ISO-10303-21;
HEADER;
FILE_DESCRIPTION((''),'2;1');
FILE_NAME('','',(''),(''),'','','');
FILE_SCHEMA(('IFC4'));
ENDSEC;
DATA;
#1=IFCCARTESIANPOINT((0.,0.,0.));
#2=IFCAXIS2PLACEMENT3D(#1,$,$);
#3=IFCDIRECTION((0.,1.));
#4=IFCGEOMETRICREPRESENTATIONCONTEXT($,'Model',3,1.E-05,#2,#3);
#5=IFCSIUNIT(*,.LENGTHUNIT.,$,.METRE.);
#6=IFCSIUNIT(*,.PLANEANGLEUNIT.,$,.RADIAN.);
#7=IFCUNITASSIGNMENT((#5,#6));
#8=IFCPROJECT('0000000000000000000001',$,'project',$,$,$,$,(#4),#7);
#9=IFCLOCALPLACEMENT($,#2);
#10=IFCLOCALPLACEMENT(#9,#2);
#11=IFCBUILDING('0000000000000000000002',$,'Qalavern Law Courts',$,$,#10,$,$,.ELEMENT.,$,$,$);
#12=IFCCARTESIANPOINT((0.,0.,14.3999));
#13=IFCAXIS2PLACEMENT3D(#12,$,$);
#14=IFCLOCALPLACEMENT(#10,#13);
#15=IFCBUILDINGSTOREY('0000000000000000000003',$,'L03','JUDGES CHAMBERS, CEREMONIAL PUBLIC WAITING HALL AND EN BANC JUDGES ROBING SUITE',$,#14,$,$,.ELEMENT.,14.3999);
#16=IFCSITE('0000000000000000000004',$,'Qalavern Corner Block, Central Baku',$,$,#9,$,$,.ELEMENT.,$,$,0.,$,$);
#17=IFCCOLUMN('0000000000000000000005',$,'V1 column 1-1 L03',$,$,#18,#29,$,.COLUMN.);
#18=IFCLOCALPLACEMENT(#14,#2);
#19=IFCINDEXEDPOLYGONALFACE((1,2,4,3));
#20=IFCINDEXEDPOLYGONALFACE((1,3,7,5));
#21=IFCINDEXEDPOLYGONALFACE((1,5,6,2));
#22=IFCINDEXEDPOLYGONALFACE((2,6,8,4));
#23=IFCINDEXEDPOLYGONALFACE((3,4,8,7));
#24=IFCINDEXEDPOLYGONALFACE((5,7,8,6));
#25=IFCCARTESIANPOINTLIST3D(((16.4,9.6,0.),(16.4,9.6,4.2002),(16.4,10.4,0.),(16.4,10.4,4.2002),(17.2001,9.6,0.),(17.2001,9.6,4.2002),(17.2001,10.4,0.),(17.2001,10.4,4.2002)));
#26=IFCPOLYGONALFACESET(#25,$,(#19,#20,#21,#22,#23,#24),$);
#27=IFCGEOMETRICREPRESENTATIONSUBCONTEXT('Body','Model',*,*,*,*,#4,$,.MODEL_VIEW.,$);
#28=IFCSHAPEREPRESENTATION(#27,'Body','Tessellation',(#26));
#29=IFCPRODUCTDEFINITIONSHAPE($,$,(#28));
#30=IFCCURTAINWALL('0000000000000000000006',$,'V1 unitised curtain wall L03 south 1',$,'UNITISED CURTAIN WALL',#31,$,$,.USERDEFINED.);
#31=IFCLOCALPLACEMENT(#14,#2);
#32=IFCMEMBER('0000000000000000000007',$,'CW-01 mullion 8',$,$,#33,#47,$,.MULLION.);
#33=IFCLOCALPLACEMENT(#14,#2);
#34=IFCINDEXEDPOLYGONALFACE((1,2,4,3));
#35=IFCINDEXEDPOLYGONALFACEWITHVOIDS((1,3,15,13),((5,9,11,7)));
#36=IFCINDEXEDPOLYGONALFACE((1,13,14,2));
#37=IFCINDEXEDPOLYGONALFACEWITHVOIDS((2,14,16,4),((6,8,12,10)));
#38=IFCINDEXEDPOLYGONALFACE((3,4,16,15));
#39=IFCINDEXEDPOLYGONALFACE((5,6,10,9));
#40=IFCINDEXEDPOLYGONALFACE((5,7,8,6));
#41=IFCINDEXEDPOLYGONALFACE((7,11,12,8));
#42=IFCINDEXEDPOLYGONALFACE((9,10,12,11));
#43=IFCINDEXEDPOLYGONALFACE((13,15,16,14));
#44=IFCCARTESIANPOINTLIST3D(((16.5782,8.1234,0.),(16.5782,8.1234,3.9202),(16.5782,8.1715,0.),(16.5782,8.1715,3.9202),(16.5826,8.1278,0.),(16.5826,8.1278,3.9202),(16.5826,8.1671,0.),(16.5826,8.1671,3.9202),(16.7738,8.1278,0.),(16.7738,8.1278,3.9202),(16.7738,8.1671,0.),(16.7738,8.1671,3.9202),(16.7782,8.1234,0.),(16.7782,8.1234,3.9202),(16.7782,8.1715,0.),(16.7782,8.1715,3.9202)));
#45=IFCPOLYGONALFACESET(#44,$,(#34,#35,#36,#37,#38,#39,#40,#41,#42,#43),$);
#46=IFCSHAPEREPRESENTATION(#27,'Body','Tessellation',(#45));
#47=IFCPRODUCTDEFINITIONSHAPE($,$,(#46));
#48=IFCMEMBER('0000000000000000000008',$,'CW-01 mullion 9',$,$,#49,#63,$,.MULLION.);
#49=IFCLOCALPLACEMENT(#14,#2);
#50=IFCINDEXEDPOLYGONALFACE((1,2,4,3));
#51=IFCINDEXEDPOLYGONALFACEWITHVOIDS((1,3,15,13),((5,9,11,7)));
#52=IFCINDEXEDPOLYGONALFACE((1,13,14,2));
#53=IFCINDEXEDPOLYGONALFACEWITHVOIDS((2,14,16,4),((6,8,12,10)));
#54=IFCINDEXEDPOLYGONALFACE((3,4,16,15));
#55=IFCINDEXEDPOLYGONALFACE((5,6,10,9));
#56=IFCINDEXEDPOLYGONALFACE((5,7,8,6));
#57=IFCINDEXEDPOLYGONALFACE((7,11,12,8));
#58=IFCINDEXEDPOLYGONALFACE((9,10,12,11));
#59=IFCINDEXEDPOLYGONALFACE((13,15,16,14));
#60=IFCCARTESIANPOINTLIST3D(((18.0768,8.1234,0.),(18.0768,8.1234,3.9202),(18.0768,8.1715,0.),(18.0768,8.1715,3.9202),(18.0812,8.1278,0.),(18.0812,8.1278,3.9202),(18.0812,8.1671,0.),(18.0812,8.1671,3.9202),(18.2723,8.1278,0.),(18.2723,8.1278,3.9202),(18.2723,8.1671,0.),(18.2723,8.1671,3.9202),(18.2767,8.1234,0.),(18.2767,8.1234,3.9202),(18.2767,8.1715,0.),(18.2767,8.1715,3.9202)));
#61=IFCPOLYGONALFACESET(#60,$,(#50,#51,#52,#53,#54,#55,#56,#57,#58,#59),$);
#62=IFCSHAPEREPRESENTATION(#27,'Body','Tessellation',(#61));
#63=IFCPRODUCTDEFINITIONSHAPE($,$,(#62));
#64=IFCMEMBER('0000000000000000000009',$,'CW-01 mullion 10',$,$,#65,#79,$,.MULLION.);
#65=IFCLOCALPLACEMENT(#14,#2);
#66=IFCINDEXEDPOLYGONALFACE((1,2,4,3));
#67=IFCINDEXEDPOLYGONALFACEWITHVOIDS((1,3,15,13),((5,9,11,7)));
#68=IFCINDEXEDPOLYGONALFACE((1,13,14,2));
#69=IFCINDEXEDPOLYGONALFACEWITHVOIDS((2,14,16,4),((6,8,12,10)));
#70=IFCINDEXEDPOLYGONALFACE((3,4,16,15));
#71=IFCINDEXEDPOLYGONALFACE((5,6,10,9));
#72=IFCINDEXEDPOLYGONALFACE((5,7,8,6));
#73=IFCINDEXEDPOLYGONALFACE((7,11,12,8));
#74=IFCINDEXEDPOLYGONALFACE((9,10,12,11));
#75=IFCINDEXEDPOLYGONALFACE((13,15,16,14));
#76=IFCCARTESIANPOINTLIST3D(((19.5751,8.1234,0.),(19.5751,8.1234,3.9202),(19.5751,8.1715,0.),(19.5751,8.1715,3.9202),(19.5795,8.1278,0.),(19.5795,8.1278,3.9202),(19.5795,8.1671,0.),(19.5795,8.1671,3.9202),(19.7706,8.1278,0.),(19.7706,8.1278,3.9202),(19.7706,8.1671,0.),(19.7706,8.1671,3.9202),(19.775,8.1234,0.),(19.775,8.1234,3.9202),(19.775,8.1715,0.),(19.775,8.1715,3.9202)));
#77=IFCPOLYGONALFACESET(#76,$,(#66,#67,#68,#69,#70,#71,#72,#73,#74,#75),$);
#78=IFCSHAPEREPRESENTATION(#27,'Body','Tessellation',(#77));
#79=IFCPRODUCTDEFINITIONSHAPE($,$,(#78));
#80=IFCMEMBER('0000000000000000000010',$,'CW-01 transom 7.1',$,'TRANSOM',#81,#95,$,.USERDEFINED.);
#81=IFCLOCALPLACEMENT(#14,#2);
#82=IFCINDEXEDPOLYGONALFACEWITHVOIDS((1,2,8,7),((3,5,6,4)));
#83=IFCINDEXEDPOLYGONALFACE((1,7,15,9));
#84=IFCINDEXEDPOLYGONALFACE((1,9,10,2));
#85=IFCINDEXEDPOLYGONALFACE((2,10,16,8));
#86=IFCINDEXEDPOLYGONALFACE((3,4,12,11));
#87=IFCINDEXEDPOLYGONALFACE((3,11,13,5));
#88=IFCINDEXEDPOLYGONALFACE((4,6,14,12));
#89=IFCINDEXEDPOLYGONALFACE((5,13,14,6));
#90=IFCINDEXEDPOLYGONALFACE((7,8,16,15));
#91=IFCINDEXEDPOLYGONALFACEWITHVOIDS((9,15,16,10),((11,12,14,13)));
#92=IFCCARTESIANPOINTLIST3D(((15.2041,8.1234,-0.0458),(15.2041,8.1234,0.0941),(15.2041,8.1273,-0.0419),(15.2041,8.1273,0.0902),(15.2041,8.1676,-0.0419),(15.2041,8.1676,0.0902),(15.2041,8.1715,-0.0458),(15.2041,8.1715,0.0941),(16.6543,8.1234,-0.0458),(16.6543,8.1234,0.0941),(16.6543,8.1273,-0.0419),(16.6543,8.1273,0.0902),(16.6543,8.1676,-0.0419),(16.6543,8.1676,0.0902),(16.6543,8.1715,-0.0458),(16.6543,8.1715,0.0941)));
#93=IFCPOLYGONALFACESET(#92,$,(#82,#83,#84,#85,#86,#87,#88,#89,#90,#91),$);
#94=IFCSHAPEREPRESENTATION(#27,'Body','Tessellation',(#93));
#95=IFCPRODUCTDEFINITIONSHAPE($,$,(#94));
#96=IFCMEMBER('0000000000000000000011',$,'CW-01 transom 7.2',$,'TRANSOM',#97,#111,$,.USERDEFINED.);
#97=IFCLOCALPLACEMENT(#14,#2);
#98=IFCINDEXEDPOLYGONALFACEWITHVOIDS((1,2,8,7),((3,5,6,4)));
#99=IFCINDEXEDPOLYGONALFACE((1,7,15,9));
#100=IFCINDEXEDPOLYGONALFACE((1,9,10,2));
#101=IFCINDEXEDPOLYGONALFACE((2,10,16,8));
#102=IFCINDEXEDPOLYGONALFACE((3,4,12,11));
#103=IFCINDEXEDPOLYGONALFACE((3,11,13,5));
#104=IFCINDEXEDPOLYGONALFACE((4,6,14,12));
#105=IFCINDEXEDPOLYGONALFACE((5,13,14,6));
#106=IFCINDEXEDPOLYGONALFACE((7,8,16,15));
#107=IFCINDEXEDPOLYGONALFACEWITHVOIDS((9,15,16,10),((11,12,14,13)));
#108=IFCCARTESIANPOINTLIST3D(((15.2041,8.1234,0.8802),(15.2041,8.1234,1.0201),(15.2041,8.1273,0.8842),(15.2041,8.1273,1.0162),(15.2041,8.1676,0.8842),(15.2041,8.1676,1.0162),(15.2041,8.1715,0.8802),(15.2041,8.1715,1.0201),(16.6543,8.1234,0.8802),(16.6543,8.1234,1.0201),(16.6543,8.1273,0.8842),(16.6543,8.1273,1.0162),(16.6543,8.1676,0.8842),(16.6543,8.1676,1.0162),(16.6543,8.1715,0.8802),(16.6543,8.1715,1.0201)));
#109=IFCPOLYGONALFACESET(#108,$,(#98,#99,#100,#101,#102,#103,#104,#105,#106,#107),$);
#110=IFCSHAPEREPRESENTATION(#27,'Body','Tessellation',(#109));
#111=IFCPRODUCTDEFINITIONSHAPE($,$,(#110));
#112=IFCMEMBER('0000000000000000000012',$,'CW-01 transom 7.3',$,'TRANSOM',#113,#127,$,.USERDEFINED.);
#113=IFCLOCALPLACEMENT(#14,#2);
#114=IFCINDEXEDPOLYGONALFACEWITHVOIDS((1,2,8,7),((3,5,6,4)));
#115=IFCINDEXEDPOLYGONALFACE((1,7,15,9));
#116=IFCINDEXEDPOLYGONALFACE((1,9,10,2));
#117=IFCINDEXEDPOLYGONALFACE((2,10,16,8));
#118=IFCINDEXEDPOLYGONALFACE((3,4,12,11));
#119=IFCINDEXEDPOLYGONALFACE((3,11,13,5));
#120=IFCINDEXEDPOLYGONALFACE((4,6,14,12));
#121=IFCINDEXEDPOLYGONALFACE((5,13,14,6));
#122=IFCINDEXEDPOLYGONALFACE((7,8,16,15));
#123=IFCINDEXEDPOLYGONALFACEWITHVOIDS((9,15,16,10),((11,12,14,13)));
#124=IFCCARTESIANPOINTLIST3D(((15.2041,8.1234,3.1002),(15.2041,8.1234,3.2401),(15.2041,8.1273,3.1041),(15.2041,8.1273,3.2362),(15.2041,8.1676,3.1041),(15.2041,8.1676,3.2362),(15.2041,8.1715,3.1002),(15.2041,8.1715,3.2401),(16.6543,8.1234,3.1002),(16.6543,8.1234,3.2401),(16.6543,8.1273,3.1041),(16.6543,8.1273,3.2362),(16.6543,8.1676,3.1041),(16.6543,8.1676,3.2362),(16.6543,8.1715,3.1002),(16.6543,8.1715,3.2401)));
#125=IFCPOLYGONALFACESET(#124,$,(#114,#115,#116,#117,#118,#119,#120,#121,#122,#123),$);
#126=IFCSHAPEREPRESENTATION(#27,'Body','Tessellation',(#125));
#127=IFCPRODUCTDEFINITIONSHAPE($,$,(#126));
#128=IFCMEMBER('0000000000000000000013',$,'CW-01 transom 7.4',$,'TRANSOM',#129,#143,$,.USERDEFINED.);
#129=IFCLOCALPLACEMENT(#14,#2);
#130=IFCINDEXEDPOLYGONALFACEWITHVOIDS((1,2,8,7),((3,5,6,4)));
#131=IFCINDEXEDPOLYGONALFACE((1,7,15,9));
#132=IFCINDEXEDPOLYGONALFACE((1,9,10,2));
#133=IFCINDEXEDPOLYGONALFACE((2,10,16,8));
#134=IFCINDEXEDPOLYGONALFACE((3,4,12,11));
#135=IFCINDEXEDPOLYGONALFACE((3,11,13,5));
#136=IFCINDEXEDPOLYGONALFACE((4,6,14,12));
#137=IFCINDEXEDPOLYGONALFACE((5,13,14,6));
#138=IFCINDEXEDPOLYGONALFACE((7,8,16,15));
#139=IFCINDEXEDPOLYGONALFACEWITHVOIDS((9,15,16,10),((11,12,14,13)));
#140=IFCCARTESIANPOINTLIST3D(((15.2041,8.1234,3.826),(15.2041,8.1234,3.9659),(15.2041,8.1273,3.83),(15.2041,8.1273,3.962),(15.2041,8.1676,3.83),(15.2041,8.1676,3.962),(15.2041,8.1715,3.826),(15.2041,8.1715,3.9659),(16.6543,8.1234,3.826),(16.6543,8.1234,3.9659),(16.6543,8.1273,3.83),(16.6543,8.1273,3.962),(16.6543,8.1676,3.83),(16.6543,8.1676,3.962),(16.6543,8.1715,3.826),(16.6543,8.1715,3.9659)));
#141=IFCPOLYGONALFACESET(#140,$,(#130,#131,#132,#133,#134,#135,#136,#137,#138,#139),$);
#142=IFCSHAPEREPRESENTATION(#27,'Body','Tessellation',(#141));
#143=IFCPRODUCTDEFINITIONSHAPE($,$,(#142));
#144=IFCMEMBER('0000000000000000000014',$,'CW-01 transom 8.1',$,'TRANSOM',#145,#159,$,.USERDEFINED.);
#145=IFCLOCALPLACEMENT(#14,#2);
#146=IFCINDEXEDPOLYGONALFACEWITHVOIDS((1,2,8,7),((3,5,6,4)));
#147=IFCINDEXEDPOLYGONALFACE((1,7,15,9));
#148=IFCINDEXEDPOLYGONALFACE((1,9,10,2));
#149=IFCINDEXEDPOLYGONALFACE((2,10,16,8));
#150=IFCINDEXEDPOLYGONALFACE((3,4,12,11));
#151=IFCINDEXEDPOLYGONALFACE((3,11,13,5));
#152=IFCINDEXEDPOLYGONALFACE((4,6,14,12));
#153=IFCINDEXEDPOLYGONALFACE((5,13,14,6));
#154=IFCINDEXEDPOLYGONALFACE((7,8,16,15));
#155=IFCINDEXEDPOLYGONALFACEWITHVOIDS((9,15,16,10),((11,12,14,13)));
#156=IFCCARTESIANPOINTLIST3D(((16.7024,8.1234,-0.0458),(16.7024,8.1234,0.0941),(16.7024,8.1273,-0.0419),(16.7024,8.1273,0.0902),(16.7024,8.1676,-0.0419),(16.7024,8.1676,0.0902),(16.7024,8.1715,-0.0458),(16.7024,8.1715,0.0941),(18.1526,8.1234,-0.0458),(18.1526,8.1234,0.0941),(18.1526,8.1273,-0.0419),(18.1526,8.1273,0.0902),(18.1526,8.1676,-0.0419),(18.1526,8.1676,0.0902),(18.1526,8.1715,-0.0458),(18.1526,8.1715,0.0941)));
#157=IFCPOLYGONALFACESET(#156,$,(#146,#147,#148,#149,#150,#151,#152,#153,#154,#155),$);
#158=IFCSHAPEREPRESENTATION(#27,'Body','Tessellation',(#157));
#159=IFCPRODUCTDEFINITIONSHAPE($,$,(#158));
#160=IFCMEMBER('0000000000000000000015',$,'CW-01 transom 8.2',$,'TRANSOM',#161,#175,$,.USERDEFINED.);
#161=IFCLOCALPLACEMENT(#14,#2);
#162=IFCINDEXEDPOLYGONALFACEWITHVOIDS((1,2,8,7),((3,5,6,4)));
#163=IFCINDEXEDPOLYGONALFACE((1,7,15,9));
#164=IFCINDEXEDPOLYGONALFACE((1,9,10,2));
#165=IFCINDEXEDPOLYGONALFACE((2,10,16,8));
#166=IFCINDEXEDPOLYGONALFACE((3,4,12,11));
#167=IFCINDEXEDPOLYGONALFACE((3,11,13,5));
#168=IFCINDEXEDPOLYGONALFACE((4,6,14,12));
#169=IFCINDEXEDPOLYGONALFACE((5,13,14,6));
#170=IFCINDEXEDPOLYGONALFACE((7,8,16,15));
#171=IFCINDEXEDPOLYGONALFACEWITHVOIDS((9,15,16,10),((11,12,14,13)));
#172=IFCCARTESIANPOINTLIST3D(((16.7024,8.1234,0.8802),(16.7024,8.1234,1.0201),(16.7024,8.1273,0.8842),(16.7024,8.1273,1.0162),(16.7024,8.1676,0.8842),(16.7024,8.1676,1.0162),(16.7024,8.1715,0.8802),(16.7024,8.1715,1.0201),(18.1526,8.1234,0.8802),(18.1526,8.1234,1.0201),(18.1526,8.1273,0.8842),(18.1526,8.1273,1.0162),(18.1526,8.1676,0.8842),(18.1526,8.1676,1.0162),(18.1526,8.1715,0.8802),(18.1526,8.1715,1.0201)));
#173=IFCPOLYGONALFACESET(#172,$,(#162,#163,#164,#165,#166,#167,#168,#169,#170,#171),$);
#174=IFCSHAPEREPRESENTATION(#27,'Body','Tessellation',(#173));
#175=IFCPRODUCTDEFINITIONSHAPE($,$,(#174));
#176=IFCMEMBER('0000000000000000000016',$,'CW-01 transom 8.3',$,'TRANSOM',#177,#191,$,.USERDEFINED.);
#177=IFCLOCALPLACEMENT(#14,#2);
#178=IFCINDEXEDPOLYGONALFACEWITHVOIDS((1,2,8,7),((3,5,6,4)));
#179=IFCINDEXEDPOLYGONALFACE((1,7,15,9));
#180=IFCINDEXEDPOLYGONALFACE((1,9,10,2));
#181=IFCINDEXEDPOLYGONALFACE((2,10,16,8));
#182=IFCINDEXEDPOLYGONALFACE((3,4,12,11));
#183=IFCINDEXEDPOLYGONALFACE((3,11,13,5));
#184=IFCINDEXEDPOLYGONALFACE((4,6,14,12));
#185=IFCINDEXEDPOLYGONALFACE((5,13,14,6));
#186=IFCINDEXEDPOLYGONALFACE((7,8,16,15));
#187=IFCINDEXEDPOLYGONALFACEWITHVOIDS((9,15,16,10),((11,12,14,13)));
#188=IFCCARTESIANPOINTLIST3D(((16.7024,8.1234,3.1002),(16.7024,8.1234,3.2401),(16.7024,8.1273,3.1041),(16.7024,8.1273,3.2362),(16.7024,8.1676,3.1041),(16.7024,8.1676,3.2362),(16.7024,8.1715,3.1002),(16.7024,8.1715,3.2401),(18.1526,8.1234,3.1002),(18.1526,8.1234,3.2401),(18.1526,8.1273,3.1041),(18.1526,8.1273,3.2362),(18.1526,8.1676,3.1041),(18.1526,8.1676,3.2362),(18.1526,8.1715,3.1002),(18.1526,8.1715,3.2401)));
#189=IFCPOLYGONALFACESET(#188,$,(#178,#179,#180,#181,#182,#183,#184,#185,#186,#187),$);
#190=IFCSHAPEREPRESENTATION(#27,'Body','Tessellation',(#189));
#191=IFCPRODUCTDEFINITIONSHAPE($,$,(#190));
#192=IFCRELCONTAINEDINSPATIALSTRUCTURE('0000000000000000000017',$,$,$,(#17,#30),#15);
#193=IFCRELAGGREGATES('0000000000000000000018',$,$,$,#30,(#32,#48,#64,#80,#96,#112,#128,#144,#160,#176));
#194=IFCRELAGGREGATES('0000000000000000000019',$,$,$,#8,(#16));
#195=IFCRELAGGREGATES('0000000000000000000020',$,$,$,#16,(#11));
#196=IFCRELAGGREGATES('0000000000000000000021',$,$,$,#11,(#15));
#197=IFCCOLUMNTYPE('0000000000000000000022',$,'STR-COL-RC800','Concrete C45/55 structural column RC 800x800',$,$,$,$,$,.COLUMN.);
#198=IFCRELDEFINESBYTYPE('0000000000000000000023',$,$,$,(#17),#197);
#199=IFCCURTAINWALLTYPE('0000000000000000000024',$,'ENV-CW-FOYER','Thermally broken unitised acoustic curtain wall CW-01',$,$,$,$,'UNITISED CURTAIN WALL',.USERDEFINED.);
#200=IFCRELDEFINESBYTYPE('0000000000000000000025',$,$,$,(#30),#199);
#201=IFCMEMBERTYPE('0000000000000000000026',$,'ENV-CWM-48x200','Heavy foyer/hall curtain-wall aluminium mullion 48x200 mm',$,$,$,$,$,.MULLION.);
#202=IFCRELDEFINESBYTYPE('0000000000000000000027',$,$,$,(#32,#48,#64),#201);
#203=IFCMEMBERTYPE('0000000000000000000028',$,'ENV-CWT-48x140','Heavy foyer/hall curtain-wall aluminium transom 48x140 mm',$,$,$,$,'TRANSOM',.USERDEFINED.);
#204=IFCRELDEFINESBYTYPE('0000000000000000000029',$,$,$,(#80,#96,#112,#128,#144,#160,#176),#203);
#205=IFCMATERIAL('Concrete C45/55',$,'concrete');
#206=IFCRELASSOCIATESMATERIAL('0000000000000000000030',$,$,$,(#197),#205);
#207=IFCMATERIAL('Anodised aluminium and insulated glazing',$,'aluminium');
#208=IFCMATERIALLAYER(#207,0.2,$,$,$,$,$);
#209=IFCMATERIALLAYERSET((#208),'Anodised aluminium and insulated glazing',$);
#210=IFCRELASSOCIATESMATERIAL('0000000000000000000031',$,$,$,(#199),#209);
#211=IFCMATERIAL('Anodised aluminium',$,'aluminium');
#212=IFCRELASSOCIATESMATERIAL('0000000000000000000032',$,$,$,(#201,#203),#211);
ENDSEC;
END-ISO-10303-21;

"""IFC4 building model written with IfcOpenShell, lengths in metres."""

from ifc_helpers import new_model, si_unit, direction, frame, origin, origin_2d, place, context, subcontext, project, spatial, rectangle, hollow_rectangle, extrude, material, layer, layer_set, material_profile, profile_set, type_object, element, aggregate, save


model = new_model("IFC4")

# Units and contexts
model_context = context("Model", 3, precision=1e-05, world=origin(), true_north=direction((0.0, 1.0)))
body_context = subcontext(model_context, "Body", "Model", "MODEL_VIEW")
ifc_project = project(units=[si_unit("LENGTHUNIT", "METRE"), si_unit("PLANEANGLEUNIT", "RADIAN")], contexts=[model_context])

# Site, building, storey
site_placement = place(None, origin())
site = spatial("IfcSite", under=ifc_project, at=site_placement, Name="Qalavern Corner Block, Central Baku", CompositionType="ELEMENT", RefElevation=0.0)
building_placement = place(site_placement, origin())
building = spatial("IfcBuilding", under=site, at=building_placement, Name="Qalavern Law Courts", CompositionType="ELEMENT")
storey_placement = place(building_placement, frame((0.0, 0.0, 14.3999)))
storey = spatial("IfcBuildingStorey", under=building, at=storey_placement, Name="L03", Description="JUDGES CHAMBERS, CEREMONIAL PUBLIC WAITING HALL AND EN BANC JUDGES ROBING SUITE", CompositionType="ELEMENT", Elevation=14.3999)

# Column
ifc_material_1 = material(Name="Concrete C45/55", Category="concrete")
ifc_material_profile_1 = material_profile(ifc_material_1, rectangle(XDim=0.8, YDim=0.8, at=origin_2d()), Name="RC 800x800")
ifc_profile_set_1 = profile_set([ifc_material_profile_1], Name="Concrete C45/55")
column_type = type_object("IfcColumnType", Name="STR-COL-RC800", Description="Concrete C45/55 structural column RC 800x800", PredefinedType="COLUMN", material=ifc_profile_set_1)
column_placement = place(storey_placement, frame((16.8, 10.0, 0.0), z_axis=(0.0, 0.0, 1.0), x_axis=(1.0, 0.0, 0.0)))
element("IfcColumn", 1, at=column_placement, inside=storey, type_object=column_type, Name="V1 column 1-1 L03", PredefinedType="COLUMN", context=body_context, shape_type="SweptSolid", body=[
    extrude(rectangle(XDim=0.8, YDim=0.8, at=origin_2d()), origin(), (0.0, 0.0, 1.0), 4.2002),
])

# Curtain wall, members
ifc_material_2 = material(Name="Anodised aluminium and insulated glazing", Category="aluminium")
ifc_layer_1 = layer(ifc_material_2, 0.2)
ifc_layer_set_1 = layer_set([ifc_layer_1], Name="Anodised aluminium and insulated glazing")
curtain_wall_type = type_object("IfcCurtainWallType", Name="ENV-CW-FOYER", Description="Thermally broken unitised acoustic curtain wall CW-01", ElementType="UNITISED CURTAIN WALL", PredefinedType="USERDEFINED", material=ifc_layer_set_1)
curtain_wall_placement = place(storey_placement, origin())
curtain_wall = element("IfcCurtainWall", 2, at=curtain_wall_placement, inside=storey, type_object=curtain_wall_type, Name="V1 unitised curtain wall L03 south 1", ObjectType="UNITISED CURTAIN WALL", PredefinedType="USERDEFINED")
ifc_material_3 = material(Name="Anodised aluminium", Category="aluminium")
ifc_material_profile_2 = material_profile(ifc_material_3, hollow_rectangle(XDim=0.0481, YDim=0.2, WallThickness=0.0044, at=origin_2d()), Name="ALU MULLION 48x200")
ifc_profile_set_2 = profile_set([ifc_material_profile_2], Name="Anodised aluminium")
member_type_1 = type_object("IfcMemberType", Name="ENV-CWM-48x200", Description="Heavy foyer/hall curtain-wall aluminium mullion 48x200 mm", PredefinedType="MULLION", material=ifc_profile_set_2)
member_1_placement = place(storey_placement, frame((16.6782, 8.1475, 0.0), z_axis=(0.0, 0.0, 1.0), x_axis=(0.0, 1.0, 0.0)))
member_1 = element("IfcMember", 3, at=member_1_placement, type_object=member_type_1, Name="CW-01 mullion 8", PredefinedType="MULLION", context=body_context, shape_type="SweptSolid", body=[
    extrude(hollow_rectangle(XDim=0.0481, YDim=0.2, WallThickness=0.0044, at=origin_2d()), origin(), (0.0, 0.0, 1.0), 3.9202),
])
member_2_placement = place(storey_placement, frame((18.1768, 8.1475, 0.0), z_axis=(0.0, 0.0, 1.0), x_axis=(0.0, 1.0, 0.0)))
member_2 = element("IfcMember", 4, at=member_2_placement, type_object=member_type_1, Name="CW-01 mullion 9", PredefinedType="MULLION", context=body_context, shape_type="SweptSolid", body=[
    extrude(hollow_rectangle(XDim=0.0481, YDim=0.2, WallThickness=0.0044, at=origin_2d()), origin(), (0.0, 0.0, 1.0), 3.9202),
])
member_3_placement = place(storey_placement, frame((19.675, 8.1475, 0.0), z_axis=(0.0, 0.0, 1.0), x_axis=(0.0, 1.0, 0.0)))
member_3 = element("IfcMember", 5, at=member_3_placement, type_object=member_type_1, Name="CW-01 mullion 10", PredefinedType="MULLION", context=body_context, shape_type="SweptSolid", body=[
    extrude(hollow_rectangle(XDim=0.0481, YDim=0.2, WallThickness=0.0044, at=origin_2d()), origin(), (0.0, 0.0, 1.0), 3.9202),
])
ifc_material_profile_3 = material_profile(ifc_material_3, hollow_rectangle(XDim=0.0481, YDim=0.1399, WallThickness=0.0039, at=origin_2d()), Name="ALU TRANSOM 48x140")
ifc_profile_set_3 = profile_set([ifc_material_profile_3], Name="Anodised aluminium")
member_type_2 = type_object("IfcMemberType", Name="ENV-CWT-48x140", Description="Heavy foyer/hall curtain-wall aluminium transom 48x140 mm", ElementType="TRANSOM", PredefinedType="USERDEFINED", material=ifc_profile_set_3)
member_4_placement = place(storey_placement, frame((15.2041, 8.1475, 0.0242), z_axis=(1.0, 0.0, 0.0), x_axis=(0.0, 1.0, 0.0)))
member_4 = element("IfcMember", 6, at=member_4_placement, type_object=member_type_2, Name="CW-01 transom 7.1", ObjectType="TRANSOM", PredefinedType="USERDEFINED", context=body_context, shape_type="SweptSolid", body=[
    extrude(hollow_rectangle(XDim=0.0481, YDim=0.1399, WallThickness=0.0039, at=origin_2d()), origin(), (0.0, 0.0, 1.0), 1.4502),
])
member_5_placement = place(storey_placement, frame((15.2041, 8.1475, 0.9502), z_axis=(1.0, 0.0, 0.0), x_axis=(0.0, 1.0, 0.0)))
member_5 = element("IfcMember", 7, at=member_5_placement, type_object=member_type_2, Name="CW-01 transom 7.2", ObjectType="TRANSOM", PredefinedType="USERDEFINED", context=body_context, shape_type="SweptSolid", body=[
    extrude(hollow_rectangle(XDim=0.0481, YDim=0.1399, WallThickness=0.0039, at=origin_2d()), origin(), (0.0, 0.0, 1.0), 1.4502),
])
member_6_placement = place(storey_placement, frame((15.2041, 8.1475, 3.1702), z_axis=(1.0, 0.0, 0.0), x_axis=(0.0, 1.0, 0.0)))
member_6 = element("IfcMember", 8, at=member_6_placement, type_object=member_type_2, Name="CW-01 transom 7.3", ObjectType="TRANSOM", PredefinedType="USERDEFINED", context=body_context, shape_type="SweptSolid", body=[
    extrude(hollow_rectangle(XDim=0.0481, YDim=0.1399, WallThickness=0.0039, at=origin_2d()), origin(), (0.0, 0.0, 1.0), 1.4502),
])
member_7_placement = place(storey_placement, frame((15.2041, 8.1475, 3.896), z_axis=(1.0, 0.0, 0.0), x_axis=(0.0, 1.0, 0.0)))
member_7 = element("IfcMember", 9, at=member_7_placement, type_object=member_type_2, Name="CW-01 transom 7.4", ObjectType="TRANSOM", PredefinedType="USERDEFINED", context=body_context, shape_type="SweptSolid", body=[
    extrude(hollow_rectangle(XDim=0.0481, YDim=0.1399, WallThickness=0.0039, at=origin_2d()), origin(), (0.0, 0.0, 1.0), 1.4502),
])
member_8_placement = place(storey_placement, frame((16.7024, 8.1475, 0.0242), z_axis=(1.0, 0.0, 0.0), x_axis=(0.0, 1.0, 0.0)))
member_8 = element("IfcMember", 10, at=member_8_placement, type_object=member_type_2, Name="CW-01 transom 8.1", ObjectType="TRANSOM", PredefinedType="USERDEFINED", context=body_context, shape_type="SweptSolid", body=[
    extrude(hollow_rectangle(XDim=0.0481, YDim=0.1399, WallThickness=0.0039, at=origin_2d()), origin(), (0.0, 0.0, 1.0), 1.4502),
])
member_9_placement = place(storey_placement, frame((16.7024, 8.1475, 0.9502), z_axis=(1.0, 0.0, 0.0), x_axis=(0.0, 1.0, 0.0)))
member_9 = element("IfcMember", 11, at=member_9_placement, type_object=member_type_2, Name="CW-01 transom 8.2", ObjectType="TRANSOM", PredefinedType="USERDEFINED", context=body_context, shape_type="SweptSolid", body=[
    extrude(hollow_rectangle(XDim=0.0481, YDim=0.1399, WallThickness=0.0039, at=origin_2d()), origin(), (0.0, 0.0, 1.0), 1.4502),
])
member_10_placement = place(storey_placement, frame((16.7024, 8.1475, 3.1702), z_axis=(1.0, 0.0, 0.0), x_axis=(0.0, 1.0, 0.0)))
member_10 = element("IfcMember", 12, at=member_10_placement, type_object=member_type_2, Name="CW-01 transom 8.3", ObjectType="TRANSOM", PredefinedType="USERDEFINED", context=body_context, shape_type="SweptSolid", body=[
    extrude(hollow_rectangle(XDim=0.0481, YDim=0.1399, WallThickness=0.0039, at=origin_2d()), origin(), (0.0, 0.0, 1.0), 1.4502),
])

aggregate(curtain_wall, [member_1, member_2, member_3, member_4, member_5, member_6, member_7, member_8, member_9, member_10])

save(model, "model.ifc")
